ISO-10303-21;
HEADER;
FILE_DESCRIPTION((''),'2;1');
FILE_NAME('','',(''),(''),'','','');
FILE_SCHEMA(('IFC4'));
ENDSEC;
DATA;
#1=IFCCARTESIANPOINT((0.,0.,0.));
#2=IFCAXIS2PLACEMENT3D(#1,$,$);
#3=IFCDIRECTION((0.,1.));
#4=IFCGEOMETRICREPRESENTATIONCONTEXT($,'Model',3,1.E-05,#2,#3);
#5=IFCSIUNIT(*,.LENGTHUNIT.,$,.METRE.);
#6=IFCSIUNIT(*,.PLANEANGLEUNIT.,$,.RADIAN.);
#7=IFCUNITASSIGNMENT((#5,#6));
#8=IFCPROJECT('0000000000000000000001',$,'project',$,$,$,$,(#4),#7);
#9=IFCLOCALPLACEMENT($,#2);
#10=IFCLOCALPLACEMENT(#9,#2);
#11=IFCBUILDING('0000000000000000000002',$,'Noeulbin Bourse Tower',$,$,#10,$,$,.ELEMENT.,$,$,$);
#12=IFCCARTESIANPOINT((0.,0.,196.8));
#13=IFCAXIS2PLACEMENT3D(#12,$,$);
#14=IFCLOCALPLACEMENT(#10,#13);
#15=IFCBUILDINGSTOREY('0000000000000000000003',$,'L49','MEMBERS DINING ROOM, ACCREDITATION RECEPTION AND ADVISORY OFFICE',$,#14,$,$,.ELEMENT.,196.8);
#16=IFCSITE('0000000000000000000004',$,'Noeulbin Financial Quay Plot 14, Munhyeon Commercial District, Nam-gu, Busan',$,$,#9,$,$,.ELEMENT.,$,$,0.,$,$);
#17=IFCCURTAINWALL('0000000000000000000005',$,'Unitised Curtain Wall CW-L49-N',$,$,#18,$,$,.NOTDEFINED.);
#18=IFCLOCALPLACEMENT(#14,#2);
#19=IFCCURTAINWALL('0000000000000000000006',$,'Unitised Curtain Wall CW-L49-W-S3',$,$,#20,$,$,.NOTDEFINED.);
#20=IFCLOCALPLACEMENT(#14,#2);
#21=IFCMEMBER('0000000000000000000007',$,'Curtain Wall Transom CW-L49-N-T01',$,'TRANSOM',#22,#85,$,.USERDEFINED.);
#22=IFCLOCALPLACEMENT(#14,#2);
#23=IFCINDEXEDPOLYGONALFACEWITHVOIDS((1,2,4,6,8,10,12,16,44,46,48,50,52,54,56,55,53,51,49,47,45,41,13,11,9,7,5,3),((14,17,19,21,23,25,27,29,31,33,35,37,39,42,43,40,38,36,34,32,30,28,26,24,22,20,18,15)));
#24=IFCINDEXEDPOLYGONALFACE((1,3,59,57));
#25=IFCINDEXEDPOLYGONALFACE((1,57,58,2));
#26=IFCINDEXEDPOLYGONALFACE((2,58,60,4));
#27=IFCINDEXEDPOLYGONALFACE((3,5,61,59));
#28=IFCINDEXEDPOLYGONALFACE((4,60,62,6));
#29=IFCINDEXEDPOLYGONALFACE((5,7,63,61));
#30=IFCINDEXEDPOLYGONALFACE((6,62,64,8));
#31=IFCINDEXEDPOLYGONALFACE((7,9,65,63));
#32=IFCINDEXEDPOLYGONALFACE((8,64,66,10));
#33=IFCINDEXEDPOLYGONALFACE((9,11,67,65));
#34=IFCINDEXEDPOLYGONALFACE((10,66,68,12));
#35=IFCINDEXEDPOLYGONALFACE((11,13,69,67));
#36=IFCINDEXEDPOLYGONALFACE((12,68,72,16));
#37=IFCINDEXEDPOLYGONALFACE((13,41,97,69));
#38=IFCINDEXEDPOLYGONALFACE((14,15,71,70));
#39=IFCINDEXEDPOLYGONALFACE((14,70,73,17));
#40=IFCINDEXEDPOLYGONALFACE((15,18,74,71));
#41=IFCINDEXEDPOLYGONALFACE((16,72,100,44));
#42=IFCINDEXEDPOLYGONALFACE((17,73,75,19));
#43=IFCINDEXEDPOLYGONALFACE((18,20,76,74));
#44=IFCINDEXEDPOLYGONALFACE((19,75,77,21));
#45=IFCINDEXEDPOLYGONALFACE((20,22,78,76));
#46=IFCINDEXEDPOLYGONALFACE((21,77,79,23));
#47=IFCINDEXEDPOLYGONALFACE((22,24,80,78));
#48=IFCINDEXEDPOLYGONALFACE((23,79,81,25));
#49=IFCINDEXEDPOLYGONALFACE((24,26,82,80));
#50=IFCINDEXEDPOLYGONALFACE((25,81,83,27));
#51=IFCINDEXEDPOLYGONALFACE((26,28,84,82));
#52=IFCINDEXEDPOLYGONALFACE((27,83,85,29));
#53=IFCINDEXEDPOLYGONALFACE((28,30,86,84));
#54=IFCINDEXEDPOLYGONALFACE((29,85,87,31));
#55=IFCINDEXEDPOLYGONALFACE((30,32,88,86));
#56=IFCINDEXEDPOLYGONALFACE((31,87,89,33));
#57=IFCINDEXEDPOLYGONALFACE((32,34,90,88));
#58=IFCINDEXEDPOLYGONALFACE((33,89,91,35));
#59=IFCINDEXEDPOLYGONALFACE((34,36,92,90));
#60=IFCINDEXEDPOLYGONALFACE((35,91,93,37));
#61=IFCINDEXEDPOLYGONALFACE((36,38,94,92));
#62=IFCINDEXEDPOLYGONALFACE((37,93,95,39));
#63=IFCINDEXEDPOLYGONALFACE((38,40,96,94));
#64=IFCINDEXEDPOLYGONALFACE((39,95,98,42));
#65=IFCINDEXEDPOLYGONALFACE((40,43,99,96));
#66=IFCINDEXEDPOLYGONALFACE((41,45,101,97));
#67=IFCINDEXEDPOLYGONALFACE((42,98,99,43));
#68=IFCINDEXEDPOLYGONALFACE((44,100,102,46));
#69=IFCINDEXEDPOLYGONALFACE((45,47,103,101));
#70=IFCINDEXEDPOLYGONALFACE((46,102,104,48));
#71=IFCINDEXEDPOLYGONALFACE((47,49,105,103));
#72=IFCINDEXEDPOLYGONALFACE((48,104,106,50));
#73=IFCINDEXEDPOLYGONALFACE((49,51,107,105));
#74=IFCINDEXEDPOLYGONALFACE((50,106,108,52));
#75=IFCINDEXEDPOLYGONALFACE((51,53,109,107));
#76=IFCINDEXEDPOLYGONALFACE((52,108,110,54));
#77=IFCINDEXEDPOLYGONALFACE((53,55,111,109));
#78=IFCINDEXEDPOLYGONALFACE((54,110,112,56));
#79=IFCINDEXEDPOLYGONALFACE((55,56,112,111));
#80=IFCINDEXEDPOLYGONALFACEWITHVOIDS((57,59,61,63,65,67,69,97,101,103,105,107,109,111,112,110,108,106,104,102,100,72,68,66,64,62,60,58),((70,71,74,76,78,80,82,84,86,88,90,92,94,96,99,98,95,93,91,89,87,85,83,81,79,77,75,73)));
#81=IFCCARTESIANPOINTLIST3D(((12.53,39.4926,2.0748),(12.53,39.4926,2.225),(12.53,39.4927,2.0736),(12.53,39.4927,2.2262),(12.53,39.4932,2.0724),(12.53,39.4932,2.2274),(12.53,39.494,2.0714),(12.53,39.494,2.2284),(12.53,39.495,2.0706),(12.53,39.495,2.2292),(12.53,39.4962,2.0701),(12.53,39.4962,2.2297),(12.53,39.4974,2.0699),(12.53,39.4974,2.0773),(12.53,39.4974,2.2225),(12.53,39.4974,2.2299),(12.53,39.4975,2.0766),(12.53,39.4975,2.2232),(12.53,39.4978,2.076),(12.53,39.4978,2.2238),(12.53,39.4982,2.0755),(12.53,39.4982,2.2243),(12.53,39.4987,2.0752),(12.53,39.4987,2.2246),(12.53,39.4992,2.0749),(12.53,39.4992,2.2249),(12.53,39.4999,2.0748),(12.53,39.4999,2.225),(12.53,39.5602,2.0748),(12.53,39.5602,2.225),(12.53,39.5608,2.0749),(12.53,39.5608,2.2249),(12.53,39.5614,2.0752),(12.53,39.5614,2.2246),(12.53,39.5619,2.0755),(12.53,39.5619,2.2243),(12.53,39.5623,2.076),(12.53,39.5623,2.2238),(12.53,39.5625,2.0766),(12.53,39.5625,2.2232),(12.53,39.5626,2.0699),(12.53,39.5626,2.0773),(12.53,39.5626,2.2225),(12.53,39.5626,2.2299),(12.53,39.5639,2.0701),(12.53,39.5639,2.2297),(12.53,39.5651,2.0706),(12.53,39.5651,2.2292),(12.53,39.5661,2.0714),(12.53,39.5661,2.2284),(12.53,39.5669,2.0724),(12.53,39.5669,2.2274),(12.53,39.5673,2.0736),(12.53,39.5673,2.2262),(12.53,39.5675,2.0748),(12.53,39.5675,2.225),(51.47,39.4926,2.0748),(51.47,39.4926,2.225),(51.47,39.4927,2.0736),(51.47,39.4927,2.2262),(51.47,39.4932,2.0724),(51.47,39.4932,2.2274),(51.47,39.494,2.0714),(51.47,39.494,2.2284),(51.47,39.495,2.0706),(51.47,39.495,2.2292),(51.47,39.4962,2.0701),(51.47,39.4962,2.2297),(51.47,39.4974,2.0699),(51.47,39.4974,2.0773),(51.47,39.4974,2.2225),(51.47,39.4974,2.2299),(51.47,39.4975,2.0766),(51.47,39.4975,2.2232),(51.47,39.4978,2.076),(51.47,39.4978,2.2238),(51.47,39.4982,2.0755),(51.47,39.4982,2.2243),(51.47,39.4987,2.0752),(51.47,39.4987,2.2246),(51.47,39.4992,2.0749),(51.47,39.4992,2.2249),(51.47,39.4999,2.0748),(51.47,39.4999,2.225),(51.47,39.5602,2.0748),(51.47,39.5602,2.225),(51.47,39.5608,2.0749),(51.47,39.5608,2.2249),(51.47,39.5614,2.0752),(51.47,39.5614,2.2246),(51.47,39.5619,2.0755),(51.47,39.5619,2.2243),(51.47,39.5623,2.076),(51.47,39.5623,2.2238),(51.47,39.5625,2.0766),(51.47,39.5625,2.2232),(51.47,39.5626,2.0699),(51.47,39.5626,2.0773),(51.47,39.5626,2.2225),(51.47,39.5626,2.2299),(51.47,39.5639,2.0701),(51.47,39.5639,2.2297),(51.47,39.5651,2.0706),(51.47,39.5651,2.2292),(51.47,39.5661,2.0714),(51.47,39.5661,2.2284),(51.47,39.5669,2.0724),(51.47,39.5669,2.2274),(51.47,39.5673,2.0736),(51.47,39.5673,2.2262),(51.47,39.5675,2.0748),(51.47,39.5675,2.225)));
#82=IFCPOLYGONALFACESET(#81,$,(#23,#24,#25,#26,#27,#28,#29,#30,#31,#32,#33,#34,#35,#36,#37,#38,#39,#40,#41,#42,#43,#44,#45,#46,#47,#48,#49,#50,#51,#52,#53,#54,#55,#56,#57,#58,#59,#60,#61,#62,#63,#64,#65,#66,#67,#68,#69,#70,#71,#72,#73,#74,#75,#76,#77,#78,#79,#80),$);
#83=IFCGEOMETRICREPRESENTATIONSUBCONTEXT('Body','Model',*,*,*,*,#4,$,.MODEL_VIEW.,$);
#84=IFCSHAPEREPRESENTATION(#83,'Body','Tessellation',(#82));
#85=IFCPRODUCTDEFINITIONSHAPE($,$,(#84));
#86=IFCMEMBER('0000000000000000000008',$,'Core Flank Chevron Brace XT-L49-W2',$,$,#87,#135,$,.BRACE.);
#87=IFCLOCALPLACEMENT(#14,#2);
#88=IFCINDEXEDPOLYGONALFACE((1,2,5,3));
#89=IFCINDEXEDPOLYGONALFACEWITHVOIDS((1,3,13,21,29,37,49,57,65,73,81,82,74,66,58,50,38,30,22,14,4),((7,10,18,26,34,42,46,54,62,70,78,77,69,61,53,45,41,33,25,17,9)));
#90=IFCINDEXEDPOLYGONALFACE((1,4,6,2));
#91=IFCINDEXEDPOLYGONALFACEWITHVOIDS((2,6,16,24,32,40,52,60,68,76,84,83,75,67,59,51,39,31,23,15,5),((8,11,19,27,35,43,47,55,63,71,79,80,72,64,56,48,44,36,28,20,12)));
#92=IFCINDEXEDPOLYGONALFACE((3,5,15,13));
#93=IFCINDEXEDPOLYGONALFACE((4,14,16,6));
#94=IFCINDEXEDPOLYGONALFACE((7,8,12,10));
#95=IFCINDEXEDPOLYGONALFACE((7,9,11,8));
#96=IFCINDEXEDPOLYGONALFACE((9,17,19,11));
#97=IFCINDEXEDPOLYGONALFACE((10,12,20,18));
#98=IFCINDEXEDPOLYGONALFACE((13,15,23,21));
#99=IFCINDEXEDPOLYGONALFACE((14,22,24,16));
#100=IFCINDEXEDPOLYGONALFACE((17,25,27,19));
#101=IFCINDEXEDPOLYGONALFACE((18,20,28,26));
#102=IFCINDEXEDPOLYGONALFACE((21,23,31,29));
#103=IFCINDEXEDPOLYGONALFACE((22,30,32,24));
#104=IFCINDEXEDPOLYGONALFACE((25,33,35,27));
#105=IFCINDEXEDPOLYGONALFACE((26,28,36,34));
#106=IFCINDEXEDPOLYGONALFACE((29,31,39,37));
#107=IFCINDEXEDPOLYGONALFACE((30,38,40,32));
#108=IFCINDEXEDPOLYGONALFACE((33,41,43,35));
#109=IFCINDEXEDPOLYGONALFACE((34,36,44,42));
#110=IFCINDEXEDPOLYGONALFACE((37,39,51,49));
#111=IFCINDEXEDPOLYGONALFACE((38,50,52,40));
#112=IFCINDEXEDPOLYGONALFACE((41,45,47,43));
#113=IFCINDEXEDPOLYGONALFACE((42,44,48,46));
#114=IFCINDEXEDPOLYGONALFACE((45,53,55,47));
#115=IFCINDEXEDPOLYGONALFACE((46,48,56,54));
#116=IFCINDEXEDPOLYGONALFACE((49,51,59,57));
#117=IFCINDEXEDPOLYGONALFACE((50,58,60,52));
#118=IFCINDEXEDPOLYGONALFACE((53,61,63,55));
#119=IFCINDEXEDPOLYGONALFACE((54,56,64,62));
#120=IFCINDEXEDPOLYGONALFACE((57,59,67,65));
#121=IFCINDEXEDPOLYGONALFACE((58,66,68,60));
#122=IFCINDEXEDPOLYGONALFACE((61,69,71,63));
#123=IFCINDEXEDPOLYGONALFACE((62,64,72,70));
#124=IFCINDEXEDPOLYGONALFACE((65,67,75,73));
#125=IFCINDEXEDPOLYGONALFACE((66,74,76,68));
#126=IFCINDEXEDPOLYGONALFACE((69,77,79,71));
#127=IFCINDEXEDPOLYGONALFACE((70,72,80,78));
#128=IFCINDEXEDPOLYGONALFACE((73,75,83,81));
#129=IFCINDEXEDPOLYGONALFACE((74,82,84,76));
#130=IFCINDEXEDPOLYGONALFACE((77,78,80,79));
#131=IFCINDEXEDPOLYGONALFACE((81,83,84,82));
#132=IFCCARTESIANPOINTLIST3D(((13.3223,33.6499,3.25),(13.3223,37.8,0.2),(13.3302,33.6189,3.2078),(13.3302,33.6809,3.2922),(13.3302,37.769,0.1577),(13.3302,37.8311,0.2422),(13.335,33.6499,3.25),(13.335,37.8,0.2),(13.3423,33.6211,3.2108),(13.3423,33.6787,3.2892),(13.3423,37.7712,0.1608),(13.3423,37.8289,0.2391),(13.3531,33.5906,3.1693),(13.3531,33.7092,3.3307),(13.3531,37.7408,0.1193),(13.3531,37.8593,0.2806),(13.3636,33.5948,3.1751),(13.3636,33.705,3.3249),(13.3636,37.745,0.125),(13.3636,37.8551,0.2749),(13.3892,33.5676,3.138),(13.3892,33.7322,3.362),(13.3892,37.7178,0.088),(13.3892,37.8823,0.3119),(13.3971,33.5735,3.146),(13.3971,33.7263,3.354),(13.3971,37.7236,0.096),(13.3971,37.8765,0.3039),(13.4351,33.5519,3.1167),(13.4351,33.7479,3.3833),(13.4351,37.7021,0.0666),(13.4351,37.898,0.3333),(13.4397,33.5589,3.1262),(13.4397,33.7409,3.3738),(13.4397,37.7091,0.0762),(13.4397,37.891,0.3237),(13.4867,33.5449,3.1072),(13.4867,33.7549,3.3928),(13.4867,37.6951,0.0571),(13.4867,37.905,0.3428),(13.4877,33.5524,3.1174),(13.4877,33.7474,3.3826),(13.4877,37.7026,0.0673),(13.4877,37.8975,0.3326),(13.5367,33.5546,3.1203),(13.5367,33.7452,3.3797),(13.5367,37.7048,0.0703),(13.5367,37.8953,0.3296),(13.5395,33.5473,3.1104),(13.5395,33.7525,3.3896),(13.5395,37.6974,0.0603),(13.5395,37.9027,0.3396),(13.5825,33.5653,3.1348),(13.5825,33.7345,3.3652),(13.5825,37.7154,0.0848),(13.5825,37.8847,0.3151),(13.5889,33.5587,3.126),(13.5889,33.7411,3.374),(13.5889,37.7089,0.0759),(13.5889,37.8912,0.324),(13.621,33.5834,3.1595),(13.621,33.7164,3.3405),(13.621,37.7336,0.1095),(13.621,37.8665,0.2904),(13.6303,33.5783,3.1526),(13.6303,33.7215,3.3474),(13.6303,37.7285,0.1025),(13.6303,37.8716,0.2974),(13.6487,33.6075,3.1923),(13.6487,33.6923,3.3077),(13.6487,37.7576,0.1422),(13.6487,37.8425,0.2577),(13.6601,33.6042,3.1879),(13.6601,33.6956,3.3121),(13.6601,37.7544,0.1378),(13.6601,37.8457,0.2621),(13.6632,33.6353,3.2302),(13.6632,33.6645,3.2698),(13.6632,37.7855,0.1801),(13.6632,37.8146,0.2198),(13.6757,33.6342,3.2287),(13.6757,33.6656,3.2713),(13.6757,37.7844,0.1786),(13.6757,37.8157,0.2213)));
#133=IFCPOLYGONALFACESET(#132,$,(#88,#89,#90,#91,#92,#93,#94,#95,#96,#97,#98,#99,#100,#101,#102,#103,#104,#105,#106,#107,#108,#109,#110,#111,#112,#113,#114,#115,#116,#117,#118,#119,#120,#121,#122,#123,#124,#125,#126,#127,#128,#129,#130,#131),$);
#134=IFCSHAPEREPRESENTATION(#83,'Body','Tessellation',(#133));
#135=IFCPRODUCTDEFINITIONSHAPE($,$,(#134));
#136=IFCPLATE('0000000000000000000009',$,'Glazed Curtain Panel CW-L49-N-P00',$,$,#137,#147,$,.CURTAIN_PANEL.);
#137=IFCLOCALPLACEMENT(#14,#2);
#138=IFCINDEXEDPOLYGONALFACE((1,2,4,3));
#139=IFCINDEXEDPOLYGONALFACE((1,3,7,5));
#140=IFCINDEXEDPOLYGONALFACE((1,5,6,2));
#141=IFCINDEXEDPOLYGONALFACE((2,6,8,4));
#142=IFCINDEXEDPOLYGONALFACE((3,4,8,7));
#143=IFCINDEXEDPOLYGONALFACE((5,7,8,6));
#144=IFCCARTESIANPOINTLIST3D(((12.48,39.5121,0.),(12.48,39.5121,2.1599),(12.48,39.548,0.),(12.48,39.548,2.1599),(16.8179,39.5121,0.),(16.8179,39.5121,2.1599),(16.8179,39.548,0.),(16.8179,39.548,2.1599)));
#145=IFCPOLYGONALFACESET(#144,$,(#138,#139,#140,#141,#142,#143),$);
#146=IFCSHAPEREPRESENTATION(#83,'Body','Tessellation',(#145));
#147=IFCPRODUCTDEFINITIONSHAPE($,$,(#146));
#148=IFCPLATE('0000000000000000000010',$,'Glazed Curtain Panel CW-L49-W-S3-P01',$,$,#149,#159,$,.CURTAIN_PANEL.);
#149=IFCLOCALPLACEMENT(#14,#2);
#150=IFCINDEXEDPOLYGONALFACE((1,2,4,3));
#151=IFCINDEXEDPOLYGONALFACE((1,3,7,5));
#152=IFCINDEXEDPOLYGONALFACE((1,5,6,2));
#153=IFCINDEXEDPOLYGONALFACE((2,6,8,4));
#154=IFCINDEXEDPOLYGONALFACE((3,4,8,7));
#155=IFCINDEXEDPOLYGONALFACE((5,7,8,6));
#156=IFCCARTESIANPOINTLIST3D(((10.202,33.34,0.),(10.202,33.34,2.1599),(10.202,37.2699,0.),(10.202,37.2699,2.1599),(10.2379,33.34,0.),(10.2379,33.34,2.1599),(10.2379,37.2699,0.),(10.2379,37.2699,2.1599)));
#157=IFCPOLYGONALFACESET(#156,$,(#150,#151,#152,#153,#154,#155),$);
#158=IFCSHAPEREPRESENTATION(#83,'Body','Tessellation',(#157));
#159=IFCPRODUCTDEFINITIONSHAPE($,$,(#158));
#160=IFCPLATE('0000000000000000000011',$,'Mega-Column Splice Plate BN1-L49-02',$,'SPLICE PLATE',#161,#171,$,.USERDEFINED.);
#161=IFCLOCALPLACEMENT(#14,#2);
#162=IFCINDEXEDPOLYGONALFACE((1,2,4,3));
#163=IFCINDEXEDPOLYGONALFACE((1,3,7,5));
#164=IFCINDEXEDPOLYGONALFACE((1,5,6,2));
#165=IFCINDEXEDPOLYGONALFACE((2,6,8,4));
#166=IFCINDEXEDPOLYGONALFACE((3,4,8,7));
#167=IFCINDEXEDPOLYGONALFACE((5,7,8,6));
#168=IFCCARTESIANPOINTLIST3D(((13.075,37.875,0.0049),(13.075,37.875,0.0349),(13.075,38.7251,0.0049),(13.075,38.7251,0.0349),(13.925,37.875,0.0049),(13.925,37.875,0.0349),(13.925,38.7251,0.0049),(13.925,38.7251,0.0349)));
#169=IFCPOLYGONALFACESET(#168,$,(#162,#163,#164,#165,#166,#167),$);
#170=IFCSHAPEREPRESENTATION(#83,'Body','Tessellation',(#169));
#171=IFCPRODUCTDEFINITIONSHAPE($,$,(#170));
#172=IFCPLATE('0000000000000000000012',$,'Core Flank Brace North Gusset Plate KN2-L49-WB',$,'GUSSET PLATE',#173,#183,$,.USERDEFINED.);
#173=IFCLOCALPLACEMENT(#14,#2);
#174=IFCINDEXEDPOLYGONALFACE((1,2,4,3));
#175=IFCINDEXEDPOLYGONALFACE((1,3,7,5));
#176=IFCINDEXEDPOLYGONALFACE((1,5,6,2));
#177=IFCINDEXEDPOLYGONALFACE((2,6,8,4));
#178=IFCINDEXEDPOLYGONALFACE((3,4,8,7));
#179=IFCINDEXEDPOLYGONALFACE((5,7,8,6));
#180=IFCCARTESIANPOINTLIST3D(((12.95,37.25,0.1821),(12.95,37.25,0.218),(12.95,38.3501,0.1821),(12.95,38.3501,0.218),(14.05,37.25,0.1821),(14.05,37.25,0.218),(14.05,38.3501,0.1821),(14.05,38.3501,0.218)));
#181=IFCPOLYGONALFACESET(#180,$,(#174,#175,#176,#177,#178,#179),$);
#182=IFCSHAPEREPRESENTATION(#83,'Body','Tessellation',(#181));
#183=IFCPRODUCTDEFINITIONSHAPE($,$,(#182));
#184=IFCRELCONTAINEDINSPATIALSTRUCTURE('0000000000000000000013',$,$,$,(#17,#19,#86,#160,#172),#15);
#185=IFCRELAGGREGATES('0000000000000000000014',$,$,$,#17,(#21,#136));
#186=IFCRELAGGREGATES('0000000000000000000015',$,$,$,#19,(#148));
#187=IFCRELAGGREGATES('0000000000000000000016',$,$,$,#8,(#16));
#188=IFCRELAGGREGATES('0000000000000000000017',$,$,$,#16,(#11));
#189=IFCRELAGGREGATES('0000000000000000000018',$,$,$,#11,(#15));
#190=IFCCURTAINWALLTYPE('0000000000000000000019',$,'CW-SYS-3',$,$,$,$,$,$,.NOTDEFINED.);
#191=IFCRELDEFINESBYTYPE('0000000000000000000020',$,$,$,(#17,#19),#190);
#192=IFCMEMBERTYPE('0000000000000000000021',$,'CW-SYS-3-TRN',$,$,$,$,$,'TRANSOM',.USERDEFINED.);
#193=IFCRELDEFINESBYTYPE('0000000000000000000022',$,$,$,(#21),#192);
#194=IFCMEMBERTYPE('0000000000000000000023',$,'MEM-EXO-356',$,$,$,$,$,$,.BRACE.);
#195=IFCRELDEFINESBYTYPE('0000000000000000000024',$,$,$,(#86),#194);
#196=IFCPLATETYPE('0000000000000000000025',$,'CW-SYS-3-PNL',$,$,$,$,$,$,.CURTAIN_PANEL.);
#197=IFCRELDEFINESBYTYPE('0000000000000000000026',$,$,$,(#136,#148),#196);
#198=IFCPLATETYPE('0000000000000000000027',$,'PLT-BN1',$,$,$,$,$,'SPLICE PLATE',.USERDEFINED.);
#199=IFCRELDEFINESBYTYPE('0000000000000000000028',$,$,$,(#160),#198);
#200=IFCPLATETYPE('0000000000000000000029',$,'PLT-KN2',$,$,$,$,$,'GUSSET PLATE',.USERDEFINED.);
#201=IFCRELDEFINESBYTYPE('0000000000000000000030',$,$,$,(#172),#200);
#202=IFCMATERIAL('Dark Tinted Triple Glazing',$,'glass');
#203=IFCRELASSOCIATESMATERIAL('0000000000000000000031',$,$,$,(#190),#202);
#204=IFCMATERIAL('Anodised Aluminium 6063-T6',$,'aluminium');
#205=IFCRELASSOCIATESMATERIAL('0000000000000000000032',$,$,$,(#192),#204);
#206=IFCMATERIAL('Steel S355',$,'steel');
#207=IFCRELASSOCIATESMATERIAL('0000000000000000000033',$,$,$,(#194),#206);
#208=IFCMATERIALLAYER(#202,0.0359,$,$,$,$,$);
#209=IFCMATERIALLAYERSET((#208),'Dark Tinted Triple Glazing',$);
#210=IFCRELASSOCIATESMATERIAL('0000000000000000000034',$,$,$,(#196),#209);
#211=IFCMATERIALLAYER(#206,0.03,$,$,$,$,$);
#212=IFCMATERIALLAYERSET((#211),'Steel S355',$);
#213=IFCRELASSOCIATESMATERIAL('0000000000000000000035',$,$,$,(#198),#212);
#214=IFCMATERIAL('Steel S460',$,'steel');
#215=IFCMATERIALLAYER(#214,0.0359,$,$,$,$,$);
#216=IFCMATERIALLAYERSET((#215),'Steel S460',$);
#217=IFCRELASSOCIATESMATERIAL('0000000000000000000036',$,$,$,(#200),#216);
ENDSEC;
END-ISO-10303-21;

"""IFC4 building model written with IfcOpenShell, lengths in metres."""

from ifc_helpers import new_model, si_unit, direction, frame, origin, origin_2d, place, context, subcontext, project, spatial, rectangle, hollow_rectangle, hollow_circle, extrude, material, layer, layer_set, material_profile, profile_set, type_object, element, aggregate, save


model = new_model("IFC4")

# Units and contexts
model_context = context("Model", 3, precision=1e-05, world=origin(), true_north=direction((0.0, 1.0)))
body_context = subcontext(model_context, "Body", "Model", "MODEL_VIEW")
ifc_project = project(units=[si_unit("LENGTHUNIT", "METRE"), si_unit("PLANEANGLEUNIT", "RADIAN")], contexts=[model_context])

# Site, building, storey
site_placement = place(None, origin())
site = spatial("IfcSite", under=ifc_project, at=site_placement, Name="Noeulbin Financial Quay Plot 14, Munhyeon Commercial District, Nam-gu, Busan", CompositionType="ELEMENT", RefElevation=0.0)
building_placement = place(site_placement, origin())
building = spatial("IfcBuilding", under=site, at=building_placement, Name="Noeulbin Bourse Tower", CompositionType="ELEMENT")
storey_placement = place(building_placement, frame((0.0, 0.0, 196.8)))
storey = spatial("IfcBuildingStorey", under=building, at=storey_placement, Name="L49", Description="MEMBERS DINING ROOM, ACCREDITATION RECEPTION AND ADVISORY OFFICE", CompositionType="ELEMENT", Elevation=196.8)

# Shared definitions
ifc_material_1 = material(Name="Steel S460", Category="steel")

# Shared definitions
ifc_material_2 = material(Name="Steel S355", Category="steel")

# Curtain wall
ifc_material_3 = material(Name="Dark Tinted Triple Glazing", Category="glass")
curtain_wall_type = type_object("IfcCurtainWallType", Name="CW-SYS-3", PredefinedType="NOTDEFINED", material=ifc_material_3)
curtain_wall_1_placement = place(storey_placement, origin())
curtain_wall_1 = element("IfcCurtainWall", 1, at=curtain_wall_1_placement, inside=storey, type_object=curtain_wall_type, Name="Unitised Curtain Wall CW-L49-N", PredefinedType="NOTDEFINED")
ifc_material_4 = material(Name="Anodised Aluminium 6063-T6", Category="aluminium")

# Curtain wall
curtain_wall_2_placement = place(storey_placement, origin())
curtain_wall_2 = element("IfcCurtainWall", 2, at=curtain_wall_2_placement, inside=storey, type_object=curtain_wall_type, Name="Unitised Curtain Wall CW-L49-W-S3", PredefinedType="NOTDEFINED")

# Members
ifc_material_profile_1 = material_profile(ifc_material_4, hollow_rectangle(XDim=0.075, YDim=0.1599, WallThickness=0.0049, InnerFilletRadius=0.0024, OuterFilletRadius=0.0049, at=origin_2d()), Name="ALU-TRAN-75x160x5", Category="LoadBearing")
ifc_profile_set_1 = profile_set([ifc_material_profile_1], Name="Anodised Aluminium 6063-T6")
member_type_1 = type_object("IfcMemberType", Name="CW-SYS-3-TRN", ElementType="TRANSOM", PredefinedType="USERDEFINED", material=ifc_profile_set_1)
member_1_placement = place(storey_placement, frame((12.53, 39.53, 2.1499), z_axis=(1.0, 0.0, 0.0), x_axis=(0.0, 1.0, 0.0)))
member_1 = element("IfcMember", 3, at=member_1_placement, type_object=member_type_1, Name="Curtain Wall Transom CW-L49-N-T01", ObjectType="TRANSOM", PredefinedType="USERDEFINED", context=body_context, shape_type="SweptSolid", body=[
    extrude(hollow_rectangle(XDim=0.075, YDim=0.1599, WallThickness=0.0049, InnerFilletRadius=0.0024, OuterFilletRadius=0.0049, at=origin_2d()), origin(), (0.0, 0.0, 1.0), 38.9399),
])
ifc_material_profile_2 = material_profile(ifc_material_2, hollow_circle(Radius=0.1777, WallThickness=0.0127, at=origin_2d()), Name="CHS-355.6x12.7", Category="LoadBearing")
ifc_profile_set_2 = profile_set([ifc_material_profile_2], Name="Steel S355")
member_type_2 = type_object("IfcMemberType", Name="MEM-EXO-356", PredefinedType="BRACE", material=ifc_profile_set_2)
member_2_placement = place(storey_placement, frame((13.5, 33.6499, 3.25), z_axis=(0.0, 0.805793, -0.592198), x_axis=(-1.0, 0.0, 0.0)))
element("IfcMember", 4, at=member_2_placement, inside=storey, type_object=member_type_2, Name="Core Flank Chevron Brace XT-L49-W2", PredefinedType="BRACE", context=body_context, shape_type="SweptSolid", body=[
    extrude(hollow_circle(Radius=0.1777, WallThickness=0.0127, at=origin_2d()), origin(), (0.0, 0.0, 1.0), 5.1504),
])

# Plates
ifc_layer_1 = layer(ifc_material_3, 0.0359)
ifc_layer_set_1 = layer_set([ifc_layer_1], Name="Dark Tinted Triple Glazing")
plate_type_1 = type_object("IfcPlateType", Name="CW-SYS-3-PNL", PredefinedType="CURTAIN_PANEL", material=ifc_layer_set_1)
plate_1_placement = place(storey_placement, frame((14.6489, 39.53, 0.0), z_axis=(0.0, 0.0, 1.0), x_axis=(1.0, 0.0, 0.0)))
plate_1 = element("IfcPlate", 5, at=plate_1_placement, type_object=plate_type_1, Name="Glazed Curtain Panel CW-L49-N-P00", PredefinedType="CURTAIN_PANEL", context=body_context, shape_type="SweptSolid", body=[
    extrude(rectangle(XDim=4.3379, YDim=0.0359, at=origin_2d()), origin(), (0.0, 0.0, 1.0), 2.1599),
])
aggregate(curtain_wall_1, [member_1, plate_1])
plate_2_placement = place(storey_placement, frame((10.22, 35.3049, 0.0), z_axis=(0.0, 0.0, 1.0), x_axis=(0.0, 1.0, 0.0)))
plate_2 = element("IfcPlate", 6, at=plate_2_placement, type_object=plate_type_1, Name="Glazed Curtain Panel CW-L49-W-S3-P01", PredefinedType="CURTAIN_PANEL", context=body_context, shape_type="SweptSolid", body=[
    extrude(rectangle(XDim=3.9299, YDim=0.0359, at=origin_2d()), origin(), (0.0, 0.0, 1.0), 2.1599),
])
aggregate(curtain_wall_2, [plate_2])

# Plates
ifc_layer_2 = layer(ifc_material_2, 0.03)
ifc_layer_set_2 = layer_set([ifc_layer_2], Name="Steel S355")
plate_type_2 = type_object("IfcPlateType", Name="PLT-BN1", ElementType="SPLICE PLATE", PredefinedType="USERDEFINED", material=ifc_layer_set_2)
plate_3_placement = place(storey_placement, frame((13.5, 38.3, 0.0049), z_axis=(0.0, 0.0, 1.0), x_axis=(1.0, 0.0, 0.0)))
element("IfcPlate", 7, at=plate_3_placement, inside=storey, type_object=plate_type_2, Name="Mega-Column Splice Plate BN1-L49-02", ObjectType="SPLICE PLATE", PredefinedType="USERDEFINED", context=body_context, shape_type="SweptSolid", body=[
    extrude(rectangle(XDim=0.8501, YDim=0.8501, at=origin_2d()), origin(), (0.0, 0.0, 1.0), 0.03),
])
ifc_layer_3 = layer(ifc_material_1, 0.0359)
ifc_layer_set_3 = layer_set([ifc_layer_3], Name="Steel S460")
plate_type_3 = type_object("IfcPlateType", Name="PLT-KN2", ElementType="GUSSET PLATE", PredefinedType="USERDEFINED", material=ifc_layer_set_3)
plate_4_placement = place(storey_placement, frame((13.5, 37.8, 0.1821), z_axis=(0.0, 0.0, 1.0), x_axis=(1.0, 0.0, 0.0)))
element("IfcPlate", 8, at=plate_4_placement, inside=storey, type_object=plate_type_3, Name="Core Flank Brace North Gusset Plate KN2-L49-WB", ObjectType="GUSSET PLATE", PredefinedType="USERDEFINED", context=body_context, shape_type="SweptSolid", body=[
    extrude(rectangle(XDim=1.1001, YDim=1.1001, at=origin_2d()), origin(), (0.0, 0.0, 1.0), 0.0359),
])

save(model, "model.ifc")
